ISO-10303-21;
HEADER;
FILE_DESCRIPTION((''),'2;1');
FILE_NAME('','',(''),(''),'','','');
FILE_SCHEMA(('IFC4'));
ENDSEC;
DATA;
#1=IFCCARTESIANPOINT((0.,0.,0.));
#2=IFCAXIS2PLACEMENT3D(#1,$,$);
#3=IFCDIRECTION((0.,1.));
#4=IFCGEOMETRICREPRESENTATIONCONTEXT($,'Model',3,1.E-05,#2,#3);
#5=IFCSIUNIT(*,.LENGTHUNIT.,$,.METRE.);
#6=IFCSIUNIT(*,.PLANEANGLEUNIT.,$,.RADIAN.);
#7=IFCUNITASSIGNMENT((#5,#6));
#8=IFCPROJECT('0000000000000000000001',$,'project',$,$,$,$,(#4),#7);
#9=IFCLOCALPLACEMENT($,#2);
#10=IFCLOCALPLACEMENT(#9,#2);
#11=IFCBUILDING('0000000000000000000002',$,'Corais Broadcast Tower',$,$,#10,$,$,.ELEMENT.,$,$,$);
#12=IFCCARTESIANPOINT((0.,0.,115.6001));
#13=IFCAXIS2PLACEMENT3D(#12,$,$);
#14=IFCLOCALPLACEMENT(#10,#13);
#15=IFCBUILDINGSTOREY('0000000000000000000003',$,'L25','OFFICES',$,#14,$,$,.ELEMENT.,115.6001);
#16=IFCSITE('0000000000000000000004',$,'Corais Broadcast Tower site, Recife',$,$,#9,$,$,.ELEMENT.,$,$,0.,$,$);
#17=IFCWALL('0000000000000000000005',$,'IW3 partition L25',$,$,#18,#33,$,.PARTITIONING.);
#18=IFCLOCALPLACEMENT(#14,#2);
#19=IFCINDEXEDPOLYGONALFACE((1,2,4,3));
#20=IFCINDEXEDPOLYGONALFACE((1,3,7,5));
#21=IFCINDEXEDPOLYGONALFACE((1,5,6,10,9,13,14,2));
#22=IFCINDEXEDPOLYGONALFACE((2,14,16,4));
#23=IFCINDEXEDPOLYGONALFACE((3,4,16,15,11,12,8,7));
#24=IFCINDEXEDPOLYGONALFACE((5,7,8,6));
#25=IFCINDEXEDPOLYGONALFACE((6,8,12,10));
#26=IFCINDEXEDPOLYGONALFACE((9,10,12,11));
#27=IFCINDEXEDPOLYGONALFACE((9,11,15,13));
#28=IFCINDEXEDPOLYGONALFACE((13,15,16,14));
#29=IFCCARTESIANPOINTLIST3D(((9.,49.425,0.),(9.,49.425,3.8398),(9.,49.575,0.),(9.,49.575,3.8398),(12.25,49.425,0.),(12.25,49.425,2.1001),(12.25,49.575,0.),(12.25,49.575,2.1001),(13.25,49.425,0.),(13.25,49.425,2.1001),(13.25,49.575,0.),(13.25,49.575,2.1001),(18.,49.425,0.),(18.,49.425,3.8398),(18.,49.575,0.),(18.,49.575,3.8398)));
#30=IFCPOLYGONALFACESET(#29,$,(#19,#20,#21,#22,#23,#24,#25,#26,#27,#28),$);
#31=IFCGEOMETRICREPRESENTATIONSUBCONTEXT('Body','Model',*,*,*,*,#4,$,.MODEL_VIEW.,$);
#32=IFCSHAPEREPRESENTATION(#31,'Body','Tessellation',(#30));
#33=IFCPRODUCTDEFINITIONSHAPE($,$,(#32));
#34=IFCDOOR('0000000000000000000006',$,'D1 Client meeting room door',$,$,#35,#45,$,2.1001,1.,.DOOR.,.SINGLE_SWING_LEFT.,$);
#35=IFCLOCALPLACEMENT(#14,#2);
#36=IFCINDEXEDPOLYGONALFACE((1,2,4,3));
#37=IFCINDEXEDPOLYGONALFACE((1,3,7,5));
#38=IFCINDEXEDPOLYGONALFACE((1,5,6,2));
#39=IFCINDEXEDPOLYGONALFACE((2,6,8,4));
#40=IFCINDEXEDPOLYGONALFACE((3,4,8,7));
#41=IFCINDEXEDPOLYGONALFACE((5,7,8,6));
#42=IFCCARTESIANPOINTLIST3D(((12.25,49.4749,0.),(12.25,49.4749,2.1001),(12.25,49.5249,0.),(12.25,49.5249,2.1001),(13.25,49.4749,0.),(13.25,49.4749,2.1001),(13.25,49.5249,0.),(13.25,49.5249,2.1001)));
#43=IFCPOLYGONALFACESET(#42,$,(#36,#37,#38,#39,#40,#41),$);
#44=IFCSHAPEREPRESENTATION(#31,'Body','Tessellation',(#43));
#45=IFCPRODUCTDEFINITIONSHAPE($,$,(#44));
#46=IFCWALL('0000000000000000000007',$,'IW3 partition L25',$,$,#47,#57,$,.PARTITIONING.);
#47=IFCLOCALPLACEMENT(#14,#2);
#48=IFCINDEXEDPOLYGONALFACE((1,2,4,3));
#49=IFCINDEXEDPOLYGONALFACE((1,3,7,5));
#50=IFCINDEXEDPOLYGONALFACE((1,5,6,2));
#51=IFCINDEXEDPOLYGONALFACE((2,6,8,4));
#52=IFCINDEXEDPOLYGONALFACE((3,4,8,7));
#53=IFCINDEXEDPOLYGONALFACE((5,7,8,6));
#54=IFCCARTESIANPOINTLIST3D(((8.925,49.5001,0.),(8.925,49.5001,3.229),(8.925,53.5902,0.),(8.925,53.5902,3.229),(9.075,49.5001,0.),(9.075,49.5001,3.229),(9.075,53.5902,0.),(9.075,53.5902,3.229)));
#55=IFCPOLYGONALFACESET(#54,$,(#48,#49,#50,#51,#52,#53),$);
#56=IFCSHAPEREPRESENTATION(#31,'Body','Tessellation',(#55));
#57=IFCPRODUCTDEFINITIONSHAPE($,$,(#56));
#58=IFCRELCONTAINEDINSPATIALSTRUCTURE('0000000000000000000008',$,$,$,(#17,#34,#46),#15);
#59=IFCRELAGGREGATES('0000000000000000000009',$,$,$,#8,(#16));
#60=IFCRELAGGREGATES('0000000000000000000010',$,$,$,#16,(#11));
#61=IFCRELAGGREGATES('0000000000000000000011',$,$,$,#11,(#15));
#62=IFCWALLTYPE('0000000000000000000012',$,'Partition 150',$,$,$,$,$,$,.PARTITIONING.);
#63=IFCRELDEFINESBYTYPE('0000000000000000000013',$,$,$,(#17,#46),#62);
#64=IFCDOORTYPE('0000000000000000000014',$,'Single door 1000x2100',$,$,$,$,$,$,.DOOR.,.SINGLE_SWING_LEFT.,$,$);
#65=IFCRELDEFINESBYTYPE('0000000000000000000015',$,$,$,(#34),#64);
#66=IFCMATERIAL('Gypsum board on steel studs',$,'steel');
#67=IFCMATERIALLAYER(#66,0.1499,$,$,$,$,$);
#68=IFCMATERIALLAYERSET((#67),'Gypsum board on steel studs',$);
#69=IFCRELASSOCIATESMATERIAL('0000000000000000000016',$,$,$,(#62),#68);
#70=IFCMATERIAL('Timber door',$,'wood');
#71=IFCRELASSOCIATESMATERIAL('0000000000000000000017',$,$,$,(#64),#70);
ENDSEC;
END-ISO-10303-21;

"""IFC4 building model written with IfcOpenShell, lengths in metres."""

from ifc_helpers import new_model, si_unit, direction, frame, frame_2d, origin, place, context, subcontext, project, spatial, rectangle, extrude, material, layer, layer_set, type_object, element, fill, save


model = new_model("IFC4")

# Units and contexts
model_context = context("Model", 3, precision=1e-05, world=origin(), true_north=direction((0.0, 1.0)))
body_context = subcontext(model_context, "Body", "Model", "MODEL_VIEW")
ifc_project = project(units=[si_unit("LENGTHUNIT", "METRE"), si_unit("PLANEANGLEUNIT", "RADIAN")], contexts=[model_context])

# Site, building, storey
site_placement = place(None, origin())
site = spatial("IfcSite", under=ifc_project, at=site_placement, Name="Corais Broadcast Tower site, Recife", CompositionType="ELEMENT", RefElevation=0.0)
building_placement = place(site_placement, origin())
building = spatial("IfcBuilding", under=site, at=building_placement, Name="Corais Broadcast Tower", CompositionType="ELEMENT")
storey_placement = place(building_placement, frame((0.0, 0.0, 115.6001)))
storey = spatial("IfcBuildingStorey", under=building, at=storey_placement, Name="L25", Description="OFFICES", CompositionType="ELEMENT", Elevation=115.6001)

# Wall, opening, door
ifc_material_1 = material(Name="Gypsum board on steel studs", Category="steel")
ifc_layer_1 = layer(ifc_material_1, 0.1499)
ifc_layer_set_1 = layer_set([ifc_layer_1], Name="Gypsum board on steel studs")
wall_type = type_object("IfcWallType", Name="Partition 150", PredefinedType="PARTITIONING", material=ifc_layer_set_1)
wall_1_placement = place(storey_placement, frame((9.0, 49.5, 0.0), z_axis=(0.0, 0.0, 1.0), x_axis=(1.0, 0.0, 0.0)))
wall_1 = element("IfcWall", 1, at=wall_1_placement, inside=storey, type_object=wall_type, Name="IW3 partition L25", PredefinedType="PARTITIONING", context=body_context, shape_type="SweptSolid", body=[
    extrude(rectangle(XDim=9.0, YDim=0.1499, at=frame_2d((4.5, 0.0))), origin(), (0.0, 0.0, 1.0), 3.8398),
])
opening_placement = place(wall_1_placement, frame((3.25, 0.0, 0.0)))
opening = element("IfcOpeningElement", 2, at=opening_placement, cuts=wall_1, PredefinedType="OPENING", context=body_context, shape_type="SweptSolid", body=[
    extrude(rectangle(XDim=1.0, YDim=2.1001, at=frame_2d((0.5, 1.05))), frame((0.0, 0.085, 0.0), z_axis=(0.0, -1.0, 0.0), x_axis=(1.0, 0.0, 0.0)), (0.0, 0.0, 1.0), 0.1699),
])
ifc_material_2 = material(Name="Timber door", Category="wood")
door_type = type_object("IfcDoorType", Name="Single door 1000x2100", OperationType="SINGLE_SWING_LEFT", PredefinedType="DOOR", material=ifc_material_2)
door_placement = place(opening_placement, origin())
door = element("IfcDoor", 3, at=door_placement, inside=storey, type_object=door_type, Name="D1 Client meeting room door", OperationType="SINGLE_SWING_LEFT", OverallHeight=2.1001, OverallWidth=1.0, PredefinedType="DOOR", context=body_context, shape_type="SweptSolid", body=[
    extrude(rectangle(XDim=1.0, YDim=2.1001, at=frame_2d((0.5, 1.05))), frame((0.0, 0.0249, 0.0), z_axis=(0.0, -1.0, 0.0), x_axis=(1.0, 0.0, 0.0)), (0.0, 0.0, 1.0), 0.05),
])
fill(opening, door)

# Wall
wall_2_placement = place(storey_placement, frame((9.0, 53.5901, 0.0), z_axis=(0.0, 0.0, 1.0), x_axis=(0.0, -1.0, 0.0)))
element("IfcWall", 4, at=wall_2_placement, inside=storey, type_object=wall_type, Name="IW3 partition L25", PredefinedType="PARTITIONING", context=body_context, shape_type="SweptSolid", body=[
    extrude(rectangle(XDim=4.0901, YDim=0.1499, at=frame_2d((2.0449, 0.0))), origin(), (0.0, 0.0, 1.0), 3.229),
])

save(model, "model.ifc")
